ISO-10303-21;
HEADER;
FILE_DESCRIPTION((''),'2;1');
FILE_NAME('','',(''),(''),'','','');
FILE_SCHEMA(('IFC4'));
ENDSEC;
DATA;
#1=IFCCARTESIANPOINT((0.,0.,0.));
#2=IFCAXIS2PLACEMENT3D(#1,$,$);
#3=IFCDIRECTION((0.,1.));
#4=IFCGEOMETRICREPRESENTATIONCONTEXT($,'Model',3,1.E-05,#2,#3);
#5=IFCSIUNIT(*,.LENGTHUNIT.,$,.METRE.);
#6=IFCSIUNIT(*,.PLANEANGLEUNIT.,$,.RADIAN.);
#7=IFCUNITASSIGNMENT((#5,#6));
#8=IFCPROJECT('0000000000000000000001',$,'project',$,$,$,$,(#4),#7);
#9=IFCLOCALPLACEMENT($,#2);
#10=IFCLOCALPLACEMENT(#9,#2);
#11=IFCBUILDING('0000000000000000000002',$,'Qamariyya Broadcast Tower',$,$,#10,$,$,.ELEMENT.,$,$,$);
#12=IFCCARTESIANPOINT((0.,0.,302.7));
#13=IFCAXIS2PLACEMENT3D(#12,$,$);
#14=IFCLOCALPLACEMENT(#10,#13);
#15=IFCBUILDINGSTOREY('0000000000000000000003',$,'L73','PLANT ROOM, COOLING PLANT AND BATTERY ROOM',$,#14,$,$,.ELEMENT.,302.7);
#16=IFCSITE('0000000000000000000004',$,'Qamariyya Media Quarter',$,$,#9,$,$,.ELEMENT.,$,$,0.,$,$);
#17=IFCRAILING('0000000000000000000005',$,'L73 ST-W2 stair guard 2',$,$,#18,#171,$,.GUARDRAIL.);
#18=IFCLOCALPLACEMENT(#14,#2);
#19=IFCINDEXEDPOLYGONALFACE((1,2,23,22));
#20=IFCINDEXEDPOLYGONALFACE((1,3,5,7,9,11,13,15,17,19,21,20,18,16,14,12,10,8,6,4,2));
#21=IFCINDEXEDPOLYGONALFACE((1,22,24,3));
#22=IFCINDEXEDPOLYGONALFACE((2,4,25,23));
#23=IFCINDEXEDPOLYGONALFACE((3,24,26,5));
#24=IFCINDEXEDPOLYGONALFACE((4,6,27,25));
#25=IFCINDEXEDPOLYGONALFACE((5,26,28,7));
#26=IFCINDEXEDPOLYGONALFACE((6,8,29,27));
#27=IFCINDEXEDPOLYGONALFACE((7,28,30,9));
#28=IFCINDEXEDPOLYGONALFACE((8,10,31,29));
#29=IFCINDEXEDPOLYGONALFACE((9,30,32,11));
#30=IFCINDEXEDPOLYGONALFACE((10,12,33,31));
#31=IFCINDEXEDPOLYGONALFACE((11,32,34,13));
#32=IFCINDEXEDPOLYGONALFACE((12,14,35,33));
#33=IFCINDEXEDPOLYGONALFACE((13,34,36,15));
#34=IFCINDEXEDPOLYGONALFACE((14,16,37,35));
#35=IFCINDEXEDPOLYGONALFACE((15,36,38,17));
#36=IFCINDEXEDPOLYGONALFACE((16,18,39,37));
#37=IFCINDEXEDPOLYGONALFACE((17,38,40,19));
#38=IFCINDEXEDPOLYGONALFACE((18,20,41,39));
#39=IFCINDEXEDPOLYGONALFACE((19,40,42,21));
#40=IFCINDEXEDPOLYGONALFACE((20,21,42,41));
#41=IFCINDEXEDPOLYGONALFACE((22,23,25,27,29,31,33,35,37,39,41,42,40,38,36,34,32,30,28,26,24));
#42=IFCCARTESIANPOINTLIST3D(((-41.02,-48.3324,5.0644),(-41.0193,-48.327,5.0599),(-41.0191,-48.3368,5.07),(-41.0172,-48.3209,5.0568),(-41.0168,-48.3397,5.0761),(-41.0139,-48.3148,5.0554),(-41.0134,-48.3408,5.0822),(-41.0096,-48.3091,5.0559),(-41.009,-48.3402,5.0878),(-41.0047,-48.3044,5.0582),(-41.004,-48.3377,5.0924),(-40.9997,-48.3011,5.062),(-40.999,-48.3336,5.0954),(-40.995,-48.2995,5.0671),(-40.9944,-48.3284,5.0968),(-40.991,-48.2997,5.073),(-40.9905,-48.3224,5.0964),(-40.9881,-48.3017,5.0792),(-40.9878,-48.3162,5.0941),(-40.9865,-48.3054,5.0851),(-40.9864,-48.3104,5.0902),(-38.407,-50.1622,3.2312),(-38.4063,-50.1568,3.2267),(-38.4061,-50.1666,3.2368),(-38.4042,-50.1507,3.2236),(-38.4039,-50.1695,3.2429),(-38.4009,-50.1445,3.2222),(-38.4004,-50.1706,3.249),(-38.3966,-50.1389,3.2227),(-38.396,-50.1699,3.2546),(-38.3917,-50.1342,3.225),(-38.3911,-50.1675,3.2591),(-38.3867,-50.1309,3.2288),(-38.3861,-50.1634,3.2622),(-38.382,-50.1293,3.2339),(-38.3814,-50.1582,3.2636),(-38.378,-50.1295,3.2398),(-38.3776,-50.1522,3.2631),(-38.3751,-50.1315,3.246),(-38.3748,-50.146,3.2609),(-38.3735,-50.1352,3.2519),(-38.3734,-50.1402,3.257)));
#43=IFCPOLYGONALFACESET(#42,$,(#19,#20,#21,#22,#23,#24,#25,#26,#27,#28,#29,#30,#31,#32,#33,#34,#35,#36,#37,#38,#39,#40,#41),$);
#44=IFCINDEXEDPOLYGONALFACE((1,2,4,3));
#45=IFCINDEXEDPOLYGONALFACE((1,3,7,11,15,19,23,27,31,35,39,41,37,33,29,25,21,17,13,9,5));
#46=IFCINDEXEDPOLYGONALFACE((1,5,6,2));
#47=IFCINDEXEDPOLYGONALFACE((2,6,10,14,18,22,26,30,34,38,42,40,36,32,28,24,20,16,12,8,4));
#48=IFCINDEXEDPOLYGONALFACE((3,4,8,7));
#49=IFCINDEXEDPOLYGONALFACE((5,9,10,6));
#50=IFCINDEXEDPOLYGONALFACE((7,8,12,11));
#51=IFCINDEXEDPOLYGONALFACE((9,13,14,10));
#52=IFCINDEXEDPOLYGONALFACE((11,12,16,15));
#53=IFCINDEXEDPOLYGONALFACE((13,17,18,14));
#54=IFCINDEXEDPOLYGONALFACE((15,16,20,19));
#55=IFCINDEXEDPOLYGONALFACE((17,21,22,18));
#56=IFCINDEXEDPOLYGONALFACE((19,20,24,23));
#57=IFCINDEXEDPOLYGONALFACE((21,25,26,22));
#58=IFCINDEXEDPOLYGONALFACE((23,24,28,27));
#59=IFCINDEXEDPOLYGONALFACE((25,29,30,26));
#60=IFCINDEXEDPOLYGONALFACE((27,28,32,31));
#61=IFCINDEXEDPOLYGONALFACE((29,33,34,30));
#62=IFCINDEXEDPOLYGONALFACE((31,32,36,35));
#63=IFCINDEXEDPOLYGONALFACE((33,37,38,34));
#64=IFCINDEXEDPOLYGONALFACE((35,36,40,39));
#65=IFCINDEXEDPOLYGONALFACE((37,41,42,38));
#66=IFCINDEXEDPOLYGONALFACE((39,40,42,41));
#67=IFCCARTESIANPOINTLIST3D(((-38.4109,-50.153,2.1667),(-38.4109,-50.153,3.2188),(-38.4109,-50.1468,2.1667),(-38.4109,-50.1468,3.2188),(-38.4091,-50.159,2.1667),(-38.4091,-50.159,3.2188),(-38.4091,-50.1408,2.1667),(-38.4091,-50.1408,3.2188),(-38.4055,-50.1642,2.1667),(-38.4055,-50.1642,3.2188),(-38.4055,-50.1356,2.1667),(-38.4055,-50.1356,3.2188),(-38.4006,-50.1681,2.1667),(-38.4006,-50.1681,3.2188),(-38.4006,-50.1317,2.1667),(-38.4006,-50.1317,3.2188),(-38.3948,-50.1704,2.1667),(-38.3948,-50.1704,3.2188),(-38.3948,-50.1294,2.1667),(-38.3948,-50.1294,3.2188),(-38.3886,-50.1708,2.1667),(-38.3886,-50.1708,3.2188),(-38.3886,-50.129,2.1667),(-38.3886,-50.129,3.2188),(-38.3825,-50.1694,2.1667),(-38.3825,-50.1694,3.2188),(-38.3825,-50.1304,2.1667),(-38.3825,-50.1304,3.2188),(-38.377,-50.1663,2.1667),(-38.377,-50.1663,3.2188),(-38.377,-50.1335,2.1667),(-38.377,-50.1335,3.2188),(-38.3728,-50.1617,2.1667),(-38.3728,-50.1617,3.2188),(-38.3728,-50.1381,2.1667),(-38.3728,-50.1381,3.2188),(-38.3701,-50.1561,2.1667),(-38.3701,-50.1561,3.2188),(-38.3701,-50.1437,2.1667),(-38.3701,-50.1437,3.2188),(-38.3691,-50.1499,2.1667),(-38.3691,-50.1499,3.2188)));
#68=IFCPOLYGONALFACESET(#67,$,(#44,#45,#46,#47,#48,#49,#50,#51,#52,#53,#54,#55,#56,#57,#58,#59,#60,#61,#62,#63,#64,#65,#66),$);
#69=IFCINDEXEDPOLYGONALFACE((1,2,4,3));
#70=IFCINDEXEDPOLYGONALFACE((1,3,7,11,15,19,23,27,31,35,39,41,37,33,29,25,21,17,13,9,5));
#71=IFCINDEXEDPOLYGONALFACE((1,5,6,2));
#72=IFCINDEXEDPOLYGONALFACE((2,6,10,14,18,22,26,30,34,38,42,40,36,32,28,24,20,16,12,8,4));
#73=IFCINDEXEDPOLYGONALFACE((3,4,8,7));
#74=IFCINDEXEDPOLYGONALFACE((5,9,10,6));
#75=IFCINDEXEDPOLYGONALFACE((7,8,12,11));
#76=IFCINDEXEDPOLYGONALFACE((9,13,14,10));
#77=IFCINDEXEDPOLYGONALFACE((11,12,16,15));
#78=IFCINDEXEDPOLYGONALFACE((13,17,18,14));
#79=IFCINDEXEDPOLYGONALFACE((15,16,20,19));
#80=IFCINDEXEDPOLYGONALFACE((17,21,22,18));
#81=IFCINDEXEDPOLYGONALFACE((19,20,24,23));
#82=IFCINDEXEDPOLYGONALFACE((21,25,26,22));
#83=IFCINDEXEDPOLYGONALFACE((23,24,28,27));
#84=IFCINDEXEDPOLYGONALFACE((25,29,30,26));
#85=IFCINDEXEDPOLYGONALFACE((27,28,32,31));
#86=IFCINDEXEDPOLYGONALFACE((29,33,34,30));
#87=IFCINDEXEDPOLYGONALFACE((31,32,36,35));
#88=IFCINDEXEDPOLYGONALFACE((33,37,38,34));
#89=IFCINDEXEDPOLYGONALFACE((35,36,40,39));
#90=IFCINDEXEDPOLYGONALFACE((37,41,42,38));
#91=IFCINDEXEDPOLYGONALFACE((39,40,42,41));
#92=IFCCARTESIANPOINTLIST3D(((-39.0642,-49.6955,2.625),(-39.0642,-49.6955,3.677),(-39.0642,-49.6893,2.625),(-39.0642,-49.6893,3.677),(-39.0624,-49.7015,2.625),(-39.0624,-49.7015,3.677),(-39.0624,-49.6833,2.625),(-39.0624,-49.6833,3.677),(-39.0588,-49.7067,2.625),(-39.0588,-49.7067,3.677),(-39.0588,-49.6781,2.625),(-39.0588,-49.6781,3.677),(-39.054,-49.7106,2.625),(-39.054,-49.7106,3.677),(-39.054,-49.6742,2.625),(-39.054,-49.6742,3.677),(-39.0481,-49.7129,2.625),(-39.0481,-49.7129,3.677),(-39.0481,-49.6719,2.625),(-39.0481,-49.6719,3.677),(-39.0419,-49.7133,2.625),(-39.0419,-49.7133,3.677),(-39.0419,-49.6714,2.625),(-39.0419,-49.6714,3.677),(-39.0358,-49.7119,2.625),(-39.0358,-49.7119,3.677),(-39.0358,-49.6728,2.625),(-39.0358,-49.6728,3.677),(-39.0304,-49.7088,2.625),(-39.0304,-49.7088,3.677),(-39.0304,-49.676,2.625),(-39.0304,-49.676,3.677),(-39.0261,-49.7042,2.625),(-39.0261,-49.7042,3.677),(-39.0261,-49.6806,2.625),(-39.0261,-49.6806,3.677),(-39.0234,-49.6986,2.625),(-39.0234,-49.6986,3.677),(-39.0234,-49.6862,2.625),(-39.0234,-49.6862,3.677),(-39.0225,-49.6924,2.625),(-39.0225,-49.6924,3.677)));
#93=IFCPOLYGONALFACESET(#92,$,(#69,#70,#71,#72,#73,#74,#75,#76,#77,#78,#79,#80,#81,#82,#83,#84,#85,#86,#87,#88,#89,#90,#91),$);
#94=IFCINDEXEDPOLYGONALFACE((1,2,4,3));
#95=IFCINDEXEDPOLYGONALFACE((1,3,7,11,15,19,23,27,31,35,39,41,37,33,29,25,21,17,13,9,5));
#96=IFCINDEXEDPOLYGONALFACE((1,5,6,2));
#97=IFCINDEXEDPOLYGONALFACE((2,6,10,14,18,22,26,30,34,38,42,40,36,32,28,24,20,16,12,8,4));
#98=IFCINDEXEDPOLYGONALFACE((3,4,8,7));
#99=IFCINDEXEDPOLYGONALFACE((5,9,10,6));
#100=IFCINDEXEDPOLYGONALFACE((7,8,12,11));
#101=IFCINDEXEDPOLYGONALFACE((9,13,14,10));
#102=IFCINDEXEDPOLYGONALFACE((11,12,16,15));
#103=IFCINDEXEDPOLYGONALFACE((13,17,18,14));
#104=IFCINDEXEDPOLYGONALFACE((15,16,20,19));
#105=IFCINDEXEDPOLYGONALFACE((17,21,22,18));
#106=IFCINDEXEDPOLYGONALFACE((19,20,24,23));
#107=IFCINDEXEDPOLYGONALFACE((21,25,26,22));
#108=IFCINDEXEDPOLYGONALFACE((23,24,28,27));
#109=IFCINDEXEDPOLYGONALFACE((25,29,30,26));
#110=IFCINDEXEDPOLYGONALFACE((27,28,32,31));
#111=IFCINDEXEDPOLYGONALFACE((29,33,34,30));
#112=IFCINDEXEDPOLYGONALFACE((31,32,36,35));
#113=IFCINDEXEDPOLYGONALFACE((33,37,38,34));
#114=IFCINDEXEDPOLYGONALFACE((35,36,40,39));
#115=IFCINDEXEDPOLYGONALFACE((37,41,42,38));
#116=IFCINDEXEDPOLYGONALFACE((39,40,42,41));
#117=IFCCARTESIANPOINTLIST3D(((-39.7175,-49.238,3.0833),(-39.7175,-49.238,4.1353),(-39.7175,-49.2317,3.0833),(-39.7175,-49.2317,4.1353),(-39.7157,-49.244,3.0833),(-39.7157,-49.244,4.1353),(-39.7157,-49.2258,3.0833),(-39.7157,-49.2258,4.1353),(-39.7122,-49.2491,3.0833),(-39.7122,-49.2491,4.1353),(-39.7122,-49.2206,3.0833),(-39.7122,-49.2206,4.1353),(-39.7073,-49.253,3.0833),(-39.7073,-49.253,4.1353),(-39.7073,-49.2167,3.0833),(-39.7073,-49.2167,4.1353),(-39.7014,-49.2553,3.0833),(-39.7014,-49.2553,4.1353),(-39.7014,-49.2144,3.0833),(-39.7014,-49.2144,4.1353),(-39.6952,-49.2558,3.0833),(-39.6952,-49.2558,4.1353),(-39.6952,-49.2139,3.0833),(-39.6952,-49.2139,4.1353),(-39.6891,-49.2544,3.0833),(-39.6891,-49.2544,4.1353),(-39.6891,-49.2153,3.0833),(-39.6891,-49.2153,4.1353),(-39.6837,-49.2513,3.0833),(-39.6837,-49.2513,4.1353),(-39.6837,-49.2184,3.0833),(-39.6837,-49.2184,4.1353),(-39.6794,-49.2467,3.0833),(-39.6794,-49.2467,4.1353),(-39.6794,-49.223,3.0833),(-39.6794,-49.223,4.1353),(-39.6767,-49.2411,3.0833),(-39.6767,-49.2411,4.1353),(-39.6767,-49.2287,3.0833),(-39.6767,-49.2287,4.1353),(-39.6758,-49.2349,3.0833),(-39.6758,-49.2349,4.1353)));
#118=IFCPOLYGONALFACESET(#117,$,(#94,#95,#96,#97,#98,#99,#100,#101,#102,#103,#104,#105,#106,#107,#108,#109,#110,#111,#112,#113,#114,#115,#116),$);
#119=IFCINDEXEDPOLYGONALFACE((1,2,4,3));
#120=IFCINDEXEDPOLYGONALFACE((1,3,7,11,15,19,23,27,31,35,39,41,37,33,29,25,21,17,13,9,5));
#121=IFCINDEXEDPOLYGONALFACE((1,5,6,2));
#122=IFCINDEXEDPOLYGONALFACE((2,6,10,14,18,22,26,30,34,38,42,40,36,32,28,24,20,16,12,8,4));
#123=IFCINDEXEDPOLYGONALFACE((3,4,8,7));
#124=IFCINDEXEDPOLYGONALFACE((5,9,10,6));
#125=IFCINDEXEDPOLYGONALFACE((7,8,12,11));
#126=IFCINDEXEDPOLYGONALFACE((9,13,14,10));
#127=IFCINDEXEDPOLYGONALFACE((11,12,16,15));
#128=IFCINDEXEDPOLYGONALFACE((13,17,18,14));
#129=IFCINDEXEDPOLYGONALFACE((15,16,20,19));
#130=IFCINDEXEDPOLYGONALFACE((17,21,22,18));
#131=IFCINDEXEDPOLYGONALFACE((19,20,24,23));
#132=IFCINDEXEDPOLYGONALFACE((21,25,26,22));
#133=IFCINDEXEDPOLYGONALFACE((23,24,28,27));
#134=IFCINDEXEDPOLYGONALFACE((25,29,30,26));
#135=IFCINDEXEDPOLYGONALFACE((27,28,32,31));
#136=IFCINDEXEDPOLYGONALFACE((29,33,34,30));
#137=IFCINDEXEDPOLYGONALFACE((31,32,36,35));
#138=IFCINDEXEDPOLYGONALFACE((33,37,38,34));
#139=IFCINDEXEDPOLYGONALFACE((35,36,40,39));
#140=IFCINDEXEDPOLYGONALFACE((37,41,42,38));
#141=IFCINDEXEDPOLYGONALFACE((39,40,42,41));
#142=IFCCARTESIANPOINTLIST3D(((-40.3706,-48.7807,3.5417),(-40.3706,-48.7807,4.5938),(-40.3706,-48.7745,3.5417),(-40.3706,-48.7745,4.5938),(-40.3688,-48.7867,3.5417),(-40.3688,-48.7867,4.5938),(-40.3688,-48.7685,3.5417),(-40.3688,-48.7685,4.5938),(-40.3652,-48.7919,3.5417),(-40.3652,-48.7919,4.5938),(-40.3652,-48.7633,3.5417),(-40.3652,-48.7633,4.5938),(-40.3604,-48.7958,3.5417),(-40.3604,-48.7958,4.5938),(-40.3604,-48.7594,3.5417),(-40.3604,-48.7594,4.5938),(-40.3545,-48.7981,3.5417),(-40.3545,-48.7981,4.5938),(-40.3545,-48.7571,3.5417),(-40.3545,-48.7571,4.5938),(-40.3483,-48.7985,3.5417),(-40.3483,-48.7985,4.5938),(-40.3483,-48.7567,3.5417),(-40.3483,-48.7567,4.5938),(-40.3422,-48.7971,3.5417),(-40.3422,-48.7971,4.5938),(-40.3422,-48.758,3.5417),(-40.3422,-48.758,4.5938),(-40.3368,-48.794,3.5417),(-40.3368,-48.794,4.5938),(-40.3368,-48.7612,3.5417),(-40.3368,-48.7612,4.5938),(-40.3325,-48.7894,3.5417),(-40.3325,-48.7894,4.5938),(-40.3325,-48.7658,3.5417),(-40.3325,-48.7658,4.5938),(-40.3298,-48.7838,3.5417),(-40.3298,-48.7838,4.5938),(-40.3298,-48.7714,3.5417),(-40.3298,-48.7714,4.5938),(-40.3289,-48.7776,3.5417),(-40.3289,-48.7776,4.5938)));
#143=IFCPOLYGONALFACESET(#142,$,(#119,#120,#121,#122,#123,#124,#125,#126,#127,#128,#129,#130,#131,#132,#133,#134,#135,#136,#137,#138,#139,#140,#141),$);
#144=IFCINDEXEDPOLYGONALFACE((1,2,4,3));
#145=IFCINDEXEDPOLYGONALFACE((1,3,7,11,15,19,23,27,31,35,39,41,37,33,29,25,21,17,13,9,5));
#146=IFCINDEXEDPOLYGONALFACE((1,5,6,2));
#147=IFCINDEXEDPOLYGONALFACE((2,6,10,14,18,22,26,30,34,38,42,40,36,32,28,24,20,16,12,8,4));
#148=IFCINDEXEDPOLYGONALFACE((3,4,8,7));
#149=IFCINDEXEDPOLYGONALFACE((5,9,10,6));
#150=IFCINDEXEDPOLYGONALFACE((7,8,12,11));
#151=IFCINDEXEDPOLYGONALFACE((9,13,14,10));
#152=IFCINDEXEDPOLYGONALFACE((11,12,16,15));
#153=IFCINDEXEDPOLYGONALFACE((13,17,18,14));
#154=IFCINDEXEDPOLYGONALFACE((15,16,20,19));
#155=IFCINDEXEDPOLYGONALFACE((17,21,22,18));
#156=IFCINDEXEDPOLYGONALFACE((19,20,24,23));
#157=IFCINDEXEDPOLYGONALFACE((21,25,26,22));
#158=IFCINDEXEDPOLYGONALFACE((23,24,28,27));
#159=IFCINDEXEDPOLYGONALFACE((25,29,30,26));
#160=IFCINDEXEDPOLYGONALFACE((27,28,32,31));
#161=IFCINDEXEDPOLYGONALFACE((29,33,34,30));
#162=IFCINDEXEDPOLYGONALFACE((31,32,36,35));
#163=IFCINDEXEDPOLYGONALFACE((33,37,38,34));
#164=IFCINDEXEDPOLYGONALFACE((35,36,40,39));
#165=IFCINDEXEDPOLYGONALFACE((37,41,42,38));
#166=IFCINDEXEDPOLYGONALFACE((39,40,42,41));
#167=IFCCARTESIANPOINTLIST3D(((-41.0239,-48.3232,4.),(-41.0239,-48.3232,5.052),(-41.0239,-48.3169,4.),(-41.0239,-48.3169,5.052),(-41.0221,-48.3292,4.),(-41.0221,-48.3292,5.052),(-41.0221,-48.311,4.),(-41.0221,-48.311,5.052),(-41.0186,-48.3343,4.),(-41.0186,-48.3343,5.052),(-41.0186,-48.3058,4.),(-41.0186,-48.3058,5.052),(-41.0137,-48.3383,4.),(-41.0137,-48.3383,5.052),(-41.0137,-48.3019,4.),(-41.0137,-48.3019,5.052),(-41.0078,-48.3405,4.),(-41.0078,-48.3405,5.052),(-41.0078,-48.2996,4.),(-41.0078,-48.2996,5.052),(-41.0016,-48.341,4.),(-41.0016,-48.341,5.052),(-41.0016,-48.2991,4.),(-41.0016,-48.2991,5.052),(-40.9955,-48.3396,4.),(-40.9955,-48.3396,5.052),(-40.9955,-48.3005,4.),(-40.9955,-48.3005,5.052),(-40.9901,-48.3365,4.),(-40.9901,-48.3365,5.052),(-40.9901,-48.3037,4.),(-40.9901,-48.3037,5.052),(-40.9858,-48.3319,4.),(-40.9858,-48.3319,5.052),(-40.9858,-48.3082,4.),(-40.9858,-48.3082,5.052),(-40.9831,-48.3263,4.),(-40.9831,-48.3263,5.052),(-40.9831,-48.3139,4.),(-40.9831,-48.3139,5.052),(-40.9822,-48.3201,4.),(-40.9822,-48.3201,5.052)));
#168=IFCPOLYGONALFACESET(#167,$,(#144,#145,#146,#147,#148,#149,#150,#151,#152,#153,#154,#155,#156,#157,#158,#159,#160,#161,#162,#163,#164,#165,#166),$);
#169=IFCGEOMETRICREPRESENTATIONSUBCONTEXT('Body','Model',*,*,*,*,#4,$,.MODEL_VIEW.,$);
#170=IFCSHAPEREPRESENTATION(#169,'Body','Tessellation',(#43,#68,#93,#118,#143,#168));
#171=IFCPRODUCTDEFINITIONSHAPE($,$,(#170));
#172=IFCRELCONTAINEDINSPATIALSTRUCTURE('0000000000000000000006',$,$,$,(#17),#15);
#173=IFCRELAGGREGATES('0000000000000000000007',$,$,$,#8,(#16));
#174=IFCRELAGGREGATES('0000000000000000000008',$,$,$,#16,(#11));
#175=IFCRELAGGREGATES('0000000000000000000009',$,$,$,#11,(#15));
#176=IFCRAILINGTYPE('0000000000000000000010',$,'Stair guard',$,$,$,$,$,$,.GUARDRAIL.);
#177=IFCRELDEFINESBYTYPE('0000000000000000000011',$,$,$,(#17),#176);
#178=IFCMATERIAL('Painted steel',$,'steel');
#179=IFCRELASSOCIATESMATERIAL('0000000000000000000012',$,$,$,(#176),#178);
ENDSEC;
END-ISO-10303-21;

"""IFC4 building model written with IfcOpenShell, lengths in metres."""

from ifc_helpers import new_model, si_unit, direction, frame, origin, origin_2d, place, context, subcontext, project, spatial, circle, extrude, material, type_object, element, save


model = new_model("IFC4")

# Units and contexts
model_context = context("Model", 3, precision=1e-05, world=origin(), true_north=direction((0.0, 1.0)))
body_context = subcontext(model_context, "Body", "Model", "MODEL_VIEW")
ifc_project = project(units=[si_unit("LENGTHUNIT", "METRE"), si_unit("PLANEANGLEUNIT", "RADIAN")], contexts=[model_context])

# Site, building, storey
site_placement = place(None, origin())
site = spatial("IfcSite", under=ifc_project, at=site_placement, Name="Qamariyya Media Quarter", CompositionType="ELEMENT", RefElevation=0.0)
building_placement = place(site_placement, origin())
building = spatial("IfcBuilding", under=site, at=building_placement, Name="Qamariyya Broadcast Tower", CompositionType="ELEMENT")
storey_placement = place(building_placement, frame((0.0, 0.0, 302.7)))
storey = spatial("IfcBuildingStorey", under=building, at=storey_placement, Name="L73", Description="PLANT ROOM, COOLING PLANT AND BATTERY ROOM", CompositionType="ELEMENT", Elevation=302.7)

# Railing
ifc_material_1 = material(Name="Painted steel", Category="steel")
railing_type_1 = type_object("IfcRailingType", Name="Stair guard", PredefinedType="GUARDRAIL", material=ifc_material_1)
railing_1_placement = place(storey_placement, frame((-38.3901, -50.1499, 2.1667)))
element("IfcRailing", 1, at=railing_1_placement, inside=storey, type_object=railing_type_1, Name="L73 ST-W2 stair guard 2", PredefinedType="GUARDRAIL", context=body_context, shape_type="SweptSolid", body=[
    extrude(circle(Radius=0.0239, at=origin_2d()), frame((0.0, 0.0, 1.0762), z_axis=(-0.710204, 0.497335, 0.498264), x_axis=(-0.573611, -0.819128, 0.0)), (0.0, 0.0, 1.0), 3.6792),
    extrude(circle(Radius=0.021, at=origin_2d()), origin(), (0.0, 0.0, 1.0), 1.052),
    extrude(circle(Radius=0.021, at=origin_2d()), frame((-0.6533, 0.4575, 0.4583)), (0.0, 0.0, 1.0), 1.052),
    extrude(circle(Radius=0.021, at=origin_2d()), frame((-1.3066, 0.915, 0.9165)), (0.0, 0.0, 1.0), 1.052),
    extrude(circle(Radius=0.021, at=origin_2d()), frame((-1.9597, 1.3723, 1.375)), (0.0, 0.0, 1.0), 1.052),
    extrude(circle(Radius=0.021, at=origin_2d()), frame((-2.613, 1.8298, 1.8333)), (0.0, 0.0, 1.0), 1.052),
])

save(model, "model.ifc")
